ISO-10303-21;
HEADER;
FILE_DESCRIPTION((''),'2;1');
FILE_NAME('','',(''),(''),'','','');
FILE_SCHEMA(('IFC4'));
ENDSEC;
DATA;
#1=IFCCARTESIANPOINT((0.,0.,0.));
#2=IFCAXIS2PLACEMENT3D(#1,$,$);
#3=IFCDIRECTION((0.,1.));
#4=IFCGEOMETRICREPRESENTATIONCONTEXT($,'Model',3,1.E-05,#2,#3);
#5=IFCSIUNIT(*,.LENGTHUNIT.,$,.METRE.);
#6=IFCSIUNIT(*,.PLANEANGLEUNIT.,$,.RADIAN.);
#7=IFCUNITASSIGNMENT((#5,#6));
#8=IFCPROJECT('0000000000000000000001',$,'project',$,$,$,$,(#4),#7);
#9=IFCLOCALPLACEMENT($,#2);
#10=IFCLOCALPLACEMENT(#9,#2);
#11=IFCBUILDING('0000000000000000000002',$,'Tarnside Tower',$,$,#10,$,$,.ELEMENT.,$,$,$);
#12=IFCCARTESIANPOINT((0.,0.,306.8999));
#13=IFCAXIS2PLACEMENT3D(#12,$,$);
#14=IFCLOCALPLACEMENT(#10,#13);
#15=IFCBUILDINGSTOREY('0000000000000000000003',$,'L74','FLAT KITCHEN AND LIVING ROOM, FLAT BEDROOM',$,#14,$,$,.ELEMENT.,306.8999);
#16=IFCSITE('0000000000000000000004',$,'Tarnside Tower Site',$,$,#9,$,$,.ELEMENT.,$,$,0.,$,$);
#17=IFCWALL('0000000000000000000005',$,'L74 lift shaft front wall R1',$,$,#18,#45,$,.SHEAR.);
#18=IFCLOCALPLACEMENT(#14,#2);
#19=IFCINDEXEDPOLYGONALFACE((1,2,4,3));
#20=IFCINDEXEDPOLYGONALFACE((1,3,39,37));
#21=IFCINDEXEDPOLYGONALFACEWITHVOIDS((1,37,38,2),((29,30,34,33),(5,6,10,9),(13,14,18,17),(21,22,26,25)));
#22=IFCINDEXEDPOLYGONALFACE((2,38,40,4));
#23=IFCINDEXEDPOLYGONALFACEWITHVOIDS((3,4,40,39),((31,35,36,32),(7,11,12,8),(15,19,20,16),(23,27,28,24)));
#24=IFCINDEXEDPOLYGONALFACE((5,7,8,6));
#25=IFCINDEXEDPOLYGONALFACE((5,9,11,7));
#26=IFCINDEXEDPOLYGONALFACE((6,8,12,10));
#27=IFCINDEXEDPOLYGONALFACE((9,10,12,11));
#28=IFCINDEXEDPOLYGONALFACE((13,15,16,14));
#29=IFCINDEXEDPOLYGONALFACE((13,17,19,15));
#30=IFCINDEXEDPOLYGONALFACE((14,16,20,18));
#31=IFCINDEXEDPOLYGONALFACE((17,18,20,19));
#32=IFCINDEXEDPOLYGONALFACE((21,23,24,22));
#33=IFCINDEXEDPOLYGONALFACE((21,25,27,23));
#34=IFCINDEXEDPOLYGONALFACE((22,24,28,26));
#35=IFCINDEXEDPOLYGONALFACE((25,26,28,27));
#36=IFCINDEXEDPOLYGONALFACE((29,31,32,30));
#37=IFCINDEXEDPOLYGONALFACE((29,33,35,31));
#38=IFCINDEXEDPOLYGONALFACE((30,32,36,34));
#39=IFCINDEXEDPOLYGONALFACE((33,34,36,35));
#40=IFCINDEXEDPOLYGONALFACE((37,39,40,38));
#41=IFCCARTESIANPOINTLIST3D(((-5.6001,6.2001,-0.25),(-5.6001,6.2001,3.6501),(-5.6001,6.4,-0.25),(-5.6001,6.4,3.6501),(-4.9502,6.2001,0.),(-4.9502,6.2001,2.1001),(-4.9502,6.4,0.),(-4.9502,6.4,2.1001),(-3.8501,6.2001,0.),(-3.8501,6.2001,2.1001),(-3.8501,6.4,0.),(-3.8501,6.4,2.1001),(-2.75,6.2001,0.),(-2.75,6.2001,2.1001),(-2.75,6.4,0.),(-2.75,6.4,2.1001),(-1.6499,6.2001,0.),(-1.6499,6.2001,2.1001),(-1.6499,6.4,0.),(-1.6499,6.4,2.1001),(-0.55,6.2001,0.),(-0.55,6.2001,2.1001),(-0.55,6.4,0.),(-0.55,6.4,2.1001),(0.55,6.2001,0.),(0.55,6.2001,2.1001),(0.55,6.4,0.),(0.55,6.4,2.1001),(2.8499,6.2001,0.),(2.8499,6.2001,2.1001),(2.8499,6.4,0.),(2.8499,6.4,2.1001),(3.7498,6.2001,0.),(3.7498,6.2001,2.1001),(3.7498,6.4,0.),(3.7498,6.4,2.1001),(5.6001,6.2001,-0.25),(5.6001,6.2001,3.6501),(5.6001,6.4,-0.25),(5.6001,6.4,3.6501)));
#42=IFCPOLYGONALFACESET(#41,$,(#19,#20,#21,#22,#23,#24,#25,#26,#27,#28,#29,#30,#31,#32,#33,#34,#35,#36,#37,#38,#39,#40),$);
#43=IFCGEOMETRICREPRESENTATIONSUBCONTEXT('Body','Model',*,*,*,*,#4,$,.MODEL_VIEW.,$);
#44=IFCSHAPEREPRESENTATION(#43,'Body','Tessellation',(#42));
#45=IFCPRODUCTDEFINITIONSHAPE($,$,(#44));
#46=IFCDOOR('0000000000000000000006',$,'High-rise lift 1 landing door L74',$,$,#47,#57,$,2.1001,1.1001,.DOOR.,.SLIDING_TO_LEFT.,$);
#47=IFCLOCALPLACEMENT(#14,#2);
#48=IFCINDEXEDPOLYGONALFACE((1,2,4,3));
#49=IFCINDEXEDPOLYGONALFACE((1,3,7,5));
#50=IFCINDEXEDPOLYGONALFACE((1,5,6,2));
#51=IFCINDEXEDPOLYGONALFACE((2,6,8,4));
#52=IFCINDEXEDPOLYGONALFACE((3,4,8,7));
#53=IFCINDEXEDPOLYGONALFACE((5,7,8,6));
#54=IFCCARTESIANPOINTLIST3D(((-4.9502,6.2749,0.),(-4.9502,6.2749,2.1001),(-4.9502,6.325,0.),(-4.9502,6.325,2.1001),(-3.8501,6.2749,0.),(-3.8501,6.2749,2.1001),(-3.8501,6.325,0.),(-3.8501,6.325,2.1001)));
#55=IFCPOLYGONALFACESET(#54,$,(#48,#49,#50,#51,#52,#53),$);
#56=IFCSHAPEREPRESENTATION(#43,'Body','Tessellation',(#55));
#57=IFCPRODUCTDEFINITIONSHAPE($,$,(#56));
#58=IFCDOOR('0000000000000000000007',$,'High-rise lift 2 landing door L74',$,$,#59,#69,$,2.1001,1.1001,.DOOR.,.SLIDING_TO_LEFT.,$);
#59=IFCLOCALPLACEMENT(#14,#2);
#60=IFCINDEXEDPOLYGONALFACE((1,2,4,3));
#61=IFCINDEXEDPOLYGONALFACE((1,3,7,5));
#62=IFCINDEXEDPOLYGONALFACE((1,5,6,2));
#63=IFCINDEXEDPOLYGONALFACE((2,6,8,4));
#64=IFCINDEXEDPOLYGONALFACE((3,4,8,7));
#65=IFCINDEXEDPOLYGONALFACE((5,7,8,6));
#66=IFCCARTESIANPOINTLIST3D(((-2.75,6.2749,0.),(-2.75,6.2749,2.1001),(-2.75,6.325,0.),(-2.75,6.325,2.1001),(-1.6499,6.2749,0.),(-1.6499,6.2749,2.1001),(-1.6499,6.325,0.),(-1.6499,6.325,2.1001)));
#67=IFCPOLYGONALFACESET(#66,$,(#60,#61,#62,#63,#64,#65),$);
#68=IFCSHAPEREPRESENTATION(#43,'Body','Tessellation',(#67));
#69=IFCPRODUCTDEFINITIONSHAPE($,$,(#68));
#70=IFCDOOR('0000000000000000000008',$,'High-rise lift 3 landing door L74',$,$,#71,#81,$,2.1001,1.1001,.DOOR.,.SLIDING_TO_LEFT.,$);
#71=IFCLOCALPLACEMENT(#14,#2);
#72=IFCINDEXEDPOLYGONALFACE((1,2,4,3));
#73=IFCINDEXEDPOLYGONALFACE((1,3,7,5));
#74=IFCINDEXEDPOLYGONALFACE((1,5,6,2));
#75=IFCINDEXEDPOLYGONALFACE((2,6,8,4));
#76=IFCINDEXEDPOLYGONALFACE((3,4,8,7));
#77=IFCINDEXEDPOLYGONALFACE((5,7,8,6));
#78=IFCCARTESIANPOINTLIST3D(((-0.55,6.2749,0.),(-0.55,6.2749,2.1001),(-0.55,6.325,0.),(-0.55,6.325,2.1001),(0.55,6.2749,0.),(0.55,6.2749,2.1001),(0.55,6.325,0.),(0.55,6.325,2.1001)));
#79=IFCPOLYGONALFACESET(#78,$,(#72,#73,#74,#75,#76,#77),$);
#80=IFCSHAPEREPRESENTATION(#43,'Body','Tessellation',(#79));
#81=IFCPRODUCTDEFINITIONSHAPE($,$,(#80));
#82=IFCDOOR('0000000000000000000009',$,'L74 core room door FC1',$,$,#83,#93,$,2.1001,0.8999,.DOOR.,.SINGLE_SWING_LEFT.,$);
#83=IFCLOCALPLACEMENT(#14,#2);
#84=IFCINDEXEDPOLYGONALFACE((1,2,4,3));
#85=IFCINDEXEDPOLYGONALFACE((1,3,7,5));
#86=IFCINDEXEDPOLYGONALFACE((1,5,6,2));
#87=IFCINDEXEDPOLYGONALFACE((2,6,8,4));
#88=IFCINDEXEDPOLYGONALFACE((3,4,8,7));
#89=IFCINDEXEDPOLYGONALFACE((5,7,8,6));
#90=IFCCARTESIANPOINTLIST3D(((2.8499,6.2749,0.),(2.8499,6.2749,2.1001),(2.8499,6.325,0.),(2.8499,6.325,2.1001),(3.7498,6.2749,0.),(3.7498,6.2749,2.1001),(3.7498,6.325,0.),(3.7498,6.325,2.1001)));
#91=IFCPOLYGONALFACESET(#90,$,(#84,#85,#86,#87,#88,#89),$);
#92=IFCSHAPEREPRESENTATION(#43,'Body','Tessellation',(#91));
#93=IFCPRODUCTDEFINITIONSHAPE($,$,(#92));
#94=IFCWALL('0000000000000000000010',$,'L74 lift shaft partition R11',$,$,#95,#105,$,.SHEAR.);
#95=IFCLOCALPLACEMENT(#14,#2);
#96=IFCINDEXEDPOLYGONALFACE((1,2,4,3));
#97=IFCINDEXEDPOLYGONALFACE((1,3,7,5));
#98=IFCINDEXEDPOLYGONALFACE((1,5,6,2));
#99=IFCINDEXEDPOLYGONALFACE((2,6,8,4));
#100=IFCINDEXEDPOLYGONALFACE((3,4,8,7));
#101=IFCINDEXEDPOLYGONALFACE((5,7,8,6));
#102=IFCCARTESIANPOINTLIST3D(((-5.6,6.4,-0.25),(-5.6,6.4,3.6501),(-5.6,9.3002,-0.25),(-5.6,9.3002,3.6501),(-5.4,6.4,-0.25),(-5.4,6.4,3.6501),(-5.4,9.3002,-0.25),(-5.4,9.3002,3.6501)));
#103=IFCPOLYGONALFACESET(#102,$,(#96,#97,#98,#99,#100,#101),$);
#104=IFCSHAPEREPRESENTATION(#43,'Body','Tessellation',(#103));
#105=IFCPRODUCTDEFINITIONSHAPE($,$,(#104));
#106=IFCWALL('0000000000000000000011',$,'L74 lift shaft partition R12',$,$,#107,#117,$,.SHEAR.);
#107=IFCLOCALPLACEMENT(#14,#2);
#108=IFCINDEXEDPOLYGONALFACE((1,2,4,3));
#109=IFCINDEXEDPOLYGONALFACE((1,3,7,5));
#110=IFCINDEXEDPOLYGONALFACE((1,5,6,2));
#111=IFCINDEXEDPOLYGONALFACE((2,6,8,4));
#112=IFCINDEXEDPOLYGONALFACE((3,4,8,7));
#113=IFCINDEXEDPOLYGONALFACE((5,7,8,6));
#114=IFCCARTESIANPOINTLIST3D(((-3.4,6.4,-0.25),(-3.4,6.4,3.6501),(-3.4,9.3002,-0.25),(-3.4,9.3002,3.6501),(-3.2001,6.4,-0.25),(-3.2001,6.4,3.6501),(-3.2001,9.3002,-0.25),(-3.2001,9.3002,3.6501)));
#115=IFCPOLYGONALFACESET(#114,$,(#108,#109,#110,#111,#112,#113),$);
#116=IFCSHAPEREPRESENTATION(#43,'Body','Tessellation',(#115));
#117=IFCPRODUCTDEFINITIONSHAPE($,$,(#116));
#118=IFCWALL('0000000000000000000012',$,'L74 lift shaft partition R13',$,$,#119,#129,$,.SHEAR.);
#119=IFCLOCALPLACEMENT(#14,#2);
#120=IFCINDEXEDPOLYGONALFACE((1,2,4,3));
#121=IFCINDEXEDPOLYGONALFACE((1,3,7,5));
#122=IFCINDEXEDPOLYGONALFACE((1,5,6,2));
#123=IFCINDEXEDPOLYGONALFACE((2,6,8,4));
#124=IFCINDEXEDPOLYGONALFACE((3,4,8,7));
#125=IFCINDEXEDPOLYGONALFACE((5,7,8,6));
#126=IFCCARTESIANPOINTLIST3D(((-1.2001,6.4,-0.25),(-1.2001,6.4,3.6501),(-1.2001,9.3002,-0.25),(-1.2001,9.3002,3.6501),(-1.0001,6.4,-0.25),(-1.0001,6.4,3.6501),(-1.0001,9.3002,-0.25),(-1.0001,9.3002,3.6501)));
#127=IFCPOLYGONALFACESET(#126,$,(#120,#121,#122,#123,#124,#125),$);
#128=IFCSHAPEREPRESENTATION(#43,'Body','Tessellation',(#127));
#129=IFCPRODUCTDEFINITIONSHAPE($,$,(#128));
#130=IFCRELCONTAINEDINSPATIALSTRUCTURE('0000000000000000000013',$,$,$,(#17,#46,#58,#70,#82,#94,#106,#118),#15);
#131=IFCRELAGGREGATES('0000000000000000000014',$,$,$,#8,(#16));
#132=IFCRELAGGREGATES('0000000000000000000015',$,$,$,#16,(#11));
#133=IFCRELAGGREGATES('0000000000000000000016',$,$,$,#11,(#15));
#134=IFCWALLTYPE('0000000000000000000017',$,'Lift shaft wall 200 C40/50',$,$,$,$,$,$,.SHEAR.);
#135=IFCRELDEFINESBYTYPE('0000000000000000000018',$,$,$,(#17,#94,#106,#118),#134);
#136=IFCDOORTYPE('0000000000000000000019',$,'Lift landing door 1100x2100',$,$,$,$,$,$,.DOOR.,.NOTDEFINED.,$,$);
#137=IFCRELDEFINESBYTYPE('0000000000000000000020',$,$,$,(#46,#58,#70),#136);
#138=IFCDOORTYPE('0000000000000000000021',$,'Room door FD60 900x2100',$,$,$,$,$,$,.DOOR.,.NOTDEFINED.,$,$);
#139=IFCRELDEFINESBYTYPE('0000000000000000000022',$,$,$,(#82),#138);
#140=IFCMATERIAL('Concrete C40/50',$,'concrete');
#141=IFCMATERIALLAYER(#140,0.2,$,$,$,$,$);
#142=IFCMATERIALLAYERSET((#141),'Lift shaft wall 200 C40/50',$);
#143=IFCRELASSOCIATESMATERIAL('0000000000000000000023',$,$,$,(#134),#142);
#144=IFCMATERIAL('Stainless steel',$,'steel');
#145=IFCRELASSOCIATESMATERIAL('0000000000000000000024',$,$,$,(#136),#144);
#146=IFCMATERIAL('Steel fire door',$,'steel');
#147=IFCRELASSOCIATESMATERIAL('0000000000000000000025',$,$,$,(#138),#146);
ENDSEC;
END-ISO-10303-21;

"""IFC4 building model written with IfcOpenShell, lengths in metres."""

from ifc_helpers import new_model, si_unit, direction, frame, frame_2d, origin, place, context, subcontext, project, spatial, rectangle, extrude, material, layer, layer_set, type_object, element, fill, save


model = new_model("IFC4")

# Units and contexts
model_context = context("Model", 3, precision=1e-05, world=origin(), true_north=direction((0.0, 1.0)))
body_context = subcontext(model_context, "Body", "Model", "MODEL_VIEW")
ifc_project = project(units=[si_unit("LENGTHUNIT", "METRE"), si_unit("PLANEANGLEUNIT", "RADIAN")], contexts=[model_context])

# Site, building, storey
site_placement = place(None, origin())
site = spatial("IfcSite", under=ifc_project, at=site_placement, Name="Tarnside Tower Site", CompositionType="ELEMENT", RefElevation=0.0)
building_placement = place(site_placement, origin())
building = spatial("IfcBuilding", under=site, at=building_placement, Name="Tarnside Tower", CompositionType="ELEMENT")
storey_placement = place(building_placement, frame((0.0, 0.0, 306.8999)))
storey = spatial("IfcBuildingStorey", under=building, at=storey_placement, Name="L74", Description="FLAT KITCHEN AND LIVING ROOM, FLAT BEDROOM", CompositionType="ELEMENT", Elevation=306.8999)

# Wall, openings, doors
ifc_material_1 = material(Name="Concrete C40/50", Category="concrete")
ifc_layer_1 = layer(ifc_material_1, 0.2)
ifc_layer_set_1 = layer_set([ifc_layer_1], Name="Lift shaft wall 200 C40/50")
wall_type_1 = type_object("IfcWallType", Name="Lift shaft wall 200 C40/50", PredefinedType="SHEAR", material=ifc_layer_set_1)
wall_1_placement = place(storey_placement, frame((-5.6001, 6.3, -0.25), z_axis=(0.0, 0.0, 1.0), x_axis=(1.0, 0.0, 0.0)))
wall_1 = element("IfcWall", 1, at=wall_1_placement, inside=storey, type_object=wall_type_1, Name="L74 lift shaft front wall R1", PredefinedType="SHEAR", context=body_context, shape_type="SweptSolid", body=[
    extrude(rectangle(XDim=11.2002, YDim=0.2, at=frame_2d((5.6001, 0.0))), origin(), (0.0, 0.0, 1.0), 3.9001),
])
opening_1_placement = place(wall_1_placement, frame((8.45, 0.0, 0.25)))
opening_1 = element("IfcOpeningElement", 2, at=opening_1_placement, cuts=wall_1, PredefinedType="OPENING", context=body_context, shape_type="SweptSolid", body=[
    extrude(rectangle(XDim=0.8999, YDim=2.1001, at=frame_2d((0.45, 1.05))), frame((0.0, 0.1099, 0.0), z_axis=(0.0, -1.0, 0.0), x_axis=(1.0, 0.0, 0.0)), (0.0, 0.0, 1.0), 0.22),
])
opening_2_placement = place(wall_1_placement, frame((0.6499, 0.0, 0.25)))
opening_2 = element("IfcOpeningElement", 3, at=opening_2_placement, cuts=wall_1, PredefinedType="OPENING", context=body_context, shape_type="SweptSolid", body=[
    extrude(rectangle(XDim=1.1001, YDim=2.1001, at=frame_2d((0.55, 1.05))), frame((0.0, 0.1099, 0.0), z_axis=(0.0, -1.0, 0.0), x_axis=(1.0, 0.0, 0.0)), (0.0, 0.0, 1.0), 0.22),
])
opening_3_placement = place(wall_1_placement, frame((2.8501, 0.0, 0.25)))
opening_3 = element("IfcOpeningElement", 4, at=opening_3_placement, cuts=wall_1, PredefinedType="OPENING", context=body_context, shape_type="SweptSolid", body=[
    extrude(rectangle(XDim=1.1001, YDim=2.1001, at=frame_2d((0.55, 1.05))), frame((0.0, 0.1099, 0.0), z_axis=(0.0, -1.0, 0.0), x_axis=(1.0, 0.0, 0.0)), (0.0, 0.0, 1.0), 0.22),
])
opening_4_placement = place(wall_1_placement, frame((5.05, 0.0, 0.25)))
opening_4 = element("IfcOpeningElement", 5, at=opening_4_placement, cuts=wall_1, PredefinedType="OPENING", context=body_context, shape_type="SweptSolid", body=[
    extrude(rectangle(XDim=1.1001, YDim=2.1001, at=frame_2d((0.55, 1.05))), frame((0.0, 0.1099, 0.0), z_axis=(0.0, -1.0, 0.0), x_axis=(1.0, 0.0, 0.0)), (0.0, 0.0, 1.0), 0.22),
])
ifc_material_2 = material(Name="Stainless steel", Category="steel")
door_type_1 = type_object("IfcDoorType", Name="Lift landing door 1100x2100", OperationType="NOTDEFINED", PredefinedType="DOOR", material=ifc_material_2)
door_1_placement = place(opening_2_placement, origin())
door_1 = element("IfcDoor", 6, at=door_1_placement, inside=storey, type_object=door_type_1, Name="High-rise lift 1 landing door L74", OperationType="SLIDING_TO_LEFT", OverallHeight=2.1001, OverallWidth=1.1001, PredefinedType="DOOR", context=body_context, shape_type="SweptSolid", body=[
    extrude(rectangle(XDim=1.1001, YDim=2.1001, at=frame_2d((0.55, 1.05))), frame((0.0, 0.0249, 0.0), z_axis=(0.0, -1.0, 0.0), x_axis=(1.0, 0.0, 0.0)), (0.0, 0.0, 1.0), 0.05),
])
fill(opening_2, door_1)
door_2_placement = place(opening_3_placement, origin())
door_2 = element("IfcDoor", 7, at=door_2_placement, inside=storey, type_object=door_type_1, Name="High-rise lift 2 landing door L74", OperationType="SLIDING_TO_LEFT", OverallHeight=2.1001, OverallWidth=1.1001, PredefinedType="DOOR", context=body_context, shape_type="SweptSolid", body=[
    extrude(rectangle(XDim=1.1001, YDim=2.1001, at=frame_2d((0.55, 1.05))), frame((0.0, 0.0249, 0.0), z_axis=(0.0, -1.0, 0.0), x_axis=(1.0, 0.0, 0.0)), (0.0, 0.0, 1.0), 0.05),
])
fill(opening_3, door_2)
door_3_placement = place(opening_4_placement, origin())
door_3 = element("IfcDoor", 8, at=door_3_placement, inside=storey, type_object=door_type_1, Name="High-rise lift 3 landing door L74", OperationType="SLIDING_TO_LEFT", OverallHeight=2.1001, OverallWidth=1.1001, PredefinedType="DOOR", context=body_context, shape_type="SweptSolid", body=[
    extrude(rectangle(XDim=1.1001, YDim=2.1001, at=frame_2d((0.55, 1.05))), frame((0.0, 0.0249, 0.0), z_axis=(0.0, -1.0, 0.0), x_axis=(1.0, 0.0, 0.0)), (0.0, 0.0, 1.0), 0.05),
])
fill(opening_4, door_3)
ifc_material_3 = material(Name="Steel fire door", Category="steel")
door_type_2 = type_object("IfcDoorType", Name="Room door FD60 900x2100", OperationType="NOTDEFINED", PredefinedType="DOOR", material=ifc_material_3)
door_4_placement = place(opening_1_placement, origin())
door_4 = element("IfcDoor", 9, at=door_4_placement, inside=storey, type_object=door_type_2, Name="L74 core room door FC1", OperationType="SINGLE_SWING_LEFT", OverallHeight=2.1001, OverallWidth=0.8999, PredefinedType="DOOR", context=body_context, shape_type="SweptSolid", body=[
    extrude(rectangle(XDim=0.8999, YDim=2.1001, at=frame_2d((0.45, 1.05))), frame((0.0, 0.0249, 0.0), z_axis=(0.0, -1.0, 0.0), x_axis=(1.0, 0.0, 0.0)), (0.0, 0.0, 1.0), 0.05),
])
fill(opening_1, door_4)

# Walls
for number, where, z_axis, x_axis, name in (
    (10, (-5.5, 6.3999, -0.25), (0.0, 0.0, 1.0), (0.0, 1.0, 0.0), "L74 lift shaft partition R11"),
    (11, (-3.3, 6.3999, -0.25), (0.0, 0.0, 1.0), (0.0, 1.0, 0.0), "L74 lift shaft partition R12"),
    (12, (-1.1001, 6.3999, -0.25), (0.0, 0.0, 1.0), (0.0, 1.0, 0.0), "L74 lift shaft partition R13"),
):
    element("IfcWall", number, at=place(storey_placement, frame(where, z_axis=z_axis, x_axis=x_axis)), inside=storey, type_object=wall_type_1, Name=name, PredefinedType="SHEAR", context=body_context, shape_type="SweptSolid", body=[
        extrude(rectangle(XDim=2.9001, YDim=0.2, at=frame_2d((1.4502, 0.0))), origin(), (0.0, 0.0, 1.0), 3.9001),
    ])

save(model, "model.ifc")
